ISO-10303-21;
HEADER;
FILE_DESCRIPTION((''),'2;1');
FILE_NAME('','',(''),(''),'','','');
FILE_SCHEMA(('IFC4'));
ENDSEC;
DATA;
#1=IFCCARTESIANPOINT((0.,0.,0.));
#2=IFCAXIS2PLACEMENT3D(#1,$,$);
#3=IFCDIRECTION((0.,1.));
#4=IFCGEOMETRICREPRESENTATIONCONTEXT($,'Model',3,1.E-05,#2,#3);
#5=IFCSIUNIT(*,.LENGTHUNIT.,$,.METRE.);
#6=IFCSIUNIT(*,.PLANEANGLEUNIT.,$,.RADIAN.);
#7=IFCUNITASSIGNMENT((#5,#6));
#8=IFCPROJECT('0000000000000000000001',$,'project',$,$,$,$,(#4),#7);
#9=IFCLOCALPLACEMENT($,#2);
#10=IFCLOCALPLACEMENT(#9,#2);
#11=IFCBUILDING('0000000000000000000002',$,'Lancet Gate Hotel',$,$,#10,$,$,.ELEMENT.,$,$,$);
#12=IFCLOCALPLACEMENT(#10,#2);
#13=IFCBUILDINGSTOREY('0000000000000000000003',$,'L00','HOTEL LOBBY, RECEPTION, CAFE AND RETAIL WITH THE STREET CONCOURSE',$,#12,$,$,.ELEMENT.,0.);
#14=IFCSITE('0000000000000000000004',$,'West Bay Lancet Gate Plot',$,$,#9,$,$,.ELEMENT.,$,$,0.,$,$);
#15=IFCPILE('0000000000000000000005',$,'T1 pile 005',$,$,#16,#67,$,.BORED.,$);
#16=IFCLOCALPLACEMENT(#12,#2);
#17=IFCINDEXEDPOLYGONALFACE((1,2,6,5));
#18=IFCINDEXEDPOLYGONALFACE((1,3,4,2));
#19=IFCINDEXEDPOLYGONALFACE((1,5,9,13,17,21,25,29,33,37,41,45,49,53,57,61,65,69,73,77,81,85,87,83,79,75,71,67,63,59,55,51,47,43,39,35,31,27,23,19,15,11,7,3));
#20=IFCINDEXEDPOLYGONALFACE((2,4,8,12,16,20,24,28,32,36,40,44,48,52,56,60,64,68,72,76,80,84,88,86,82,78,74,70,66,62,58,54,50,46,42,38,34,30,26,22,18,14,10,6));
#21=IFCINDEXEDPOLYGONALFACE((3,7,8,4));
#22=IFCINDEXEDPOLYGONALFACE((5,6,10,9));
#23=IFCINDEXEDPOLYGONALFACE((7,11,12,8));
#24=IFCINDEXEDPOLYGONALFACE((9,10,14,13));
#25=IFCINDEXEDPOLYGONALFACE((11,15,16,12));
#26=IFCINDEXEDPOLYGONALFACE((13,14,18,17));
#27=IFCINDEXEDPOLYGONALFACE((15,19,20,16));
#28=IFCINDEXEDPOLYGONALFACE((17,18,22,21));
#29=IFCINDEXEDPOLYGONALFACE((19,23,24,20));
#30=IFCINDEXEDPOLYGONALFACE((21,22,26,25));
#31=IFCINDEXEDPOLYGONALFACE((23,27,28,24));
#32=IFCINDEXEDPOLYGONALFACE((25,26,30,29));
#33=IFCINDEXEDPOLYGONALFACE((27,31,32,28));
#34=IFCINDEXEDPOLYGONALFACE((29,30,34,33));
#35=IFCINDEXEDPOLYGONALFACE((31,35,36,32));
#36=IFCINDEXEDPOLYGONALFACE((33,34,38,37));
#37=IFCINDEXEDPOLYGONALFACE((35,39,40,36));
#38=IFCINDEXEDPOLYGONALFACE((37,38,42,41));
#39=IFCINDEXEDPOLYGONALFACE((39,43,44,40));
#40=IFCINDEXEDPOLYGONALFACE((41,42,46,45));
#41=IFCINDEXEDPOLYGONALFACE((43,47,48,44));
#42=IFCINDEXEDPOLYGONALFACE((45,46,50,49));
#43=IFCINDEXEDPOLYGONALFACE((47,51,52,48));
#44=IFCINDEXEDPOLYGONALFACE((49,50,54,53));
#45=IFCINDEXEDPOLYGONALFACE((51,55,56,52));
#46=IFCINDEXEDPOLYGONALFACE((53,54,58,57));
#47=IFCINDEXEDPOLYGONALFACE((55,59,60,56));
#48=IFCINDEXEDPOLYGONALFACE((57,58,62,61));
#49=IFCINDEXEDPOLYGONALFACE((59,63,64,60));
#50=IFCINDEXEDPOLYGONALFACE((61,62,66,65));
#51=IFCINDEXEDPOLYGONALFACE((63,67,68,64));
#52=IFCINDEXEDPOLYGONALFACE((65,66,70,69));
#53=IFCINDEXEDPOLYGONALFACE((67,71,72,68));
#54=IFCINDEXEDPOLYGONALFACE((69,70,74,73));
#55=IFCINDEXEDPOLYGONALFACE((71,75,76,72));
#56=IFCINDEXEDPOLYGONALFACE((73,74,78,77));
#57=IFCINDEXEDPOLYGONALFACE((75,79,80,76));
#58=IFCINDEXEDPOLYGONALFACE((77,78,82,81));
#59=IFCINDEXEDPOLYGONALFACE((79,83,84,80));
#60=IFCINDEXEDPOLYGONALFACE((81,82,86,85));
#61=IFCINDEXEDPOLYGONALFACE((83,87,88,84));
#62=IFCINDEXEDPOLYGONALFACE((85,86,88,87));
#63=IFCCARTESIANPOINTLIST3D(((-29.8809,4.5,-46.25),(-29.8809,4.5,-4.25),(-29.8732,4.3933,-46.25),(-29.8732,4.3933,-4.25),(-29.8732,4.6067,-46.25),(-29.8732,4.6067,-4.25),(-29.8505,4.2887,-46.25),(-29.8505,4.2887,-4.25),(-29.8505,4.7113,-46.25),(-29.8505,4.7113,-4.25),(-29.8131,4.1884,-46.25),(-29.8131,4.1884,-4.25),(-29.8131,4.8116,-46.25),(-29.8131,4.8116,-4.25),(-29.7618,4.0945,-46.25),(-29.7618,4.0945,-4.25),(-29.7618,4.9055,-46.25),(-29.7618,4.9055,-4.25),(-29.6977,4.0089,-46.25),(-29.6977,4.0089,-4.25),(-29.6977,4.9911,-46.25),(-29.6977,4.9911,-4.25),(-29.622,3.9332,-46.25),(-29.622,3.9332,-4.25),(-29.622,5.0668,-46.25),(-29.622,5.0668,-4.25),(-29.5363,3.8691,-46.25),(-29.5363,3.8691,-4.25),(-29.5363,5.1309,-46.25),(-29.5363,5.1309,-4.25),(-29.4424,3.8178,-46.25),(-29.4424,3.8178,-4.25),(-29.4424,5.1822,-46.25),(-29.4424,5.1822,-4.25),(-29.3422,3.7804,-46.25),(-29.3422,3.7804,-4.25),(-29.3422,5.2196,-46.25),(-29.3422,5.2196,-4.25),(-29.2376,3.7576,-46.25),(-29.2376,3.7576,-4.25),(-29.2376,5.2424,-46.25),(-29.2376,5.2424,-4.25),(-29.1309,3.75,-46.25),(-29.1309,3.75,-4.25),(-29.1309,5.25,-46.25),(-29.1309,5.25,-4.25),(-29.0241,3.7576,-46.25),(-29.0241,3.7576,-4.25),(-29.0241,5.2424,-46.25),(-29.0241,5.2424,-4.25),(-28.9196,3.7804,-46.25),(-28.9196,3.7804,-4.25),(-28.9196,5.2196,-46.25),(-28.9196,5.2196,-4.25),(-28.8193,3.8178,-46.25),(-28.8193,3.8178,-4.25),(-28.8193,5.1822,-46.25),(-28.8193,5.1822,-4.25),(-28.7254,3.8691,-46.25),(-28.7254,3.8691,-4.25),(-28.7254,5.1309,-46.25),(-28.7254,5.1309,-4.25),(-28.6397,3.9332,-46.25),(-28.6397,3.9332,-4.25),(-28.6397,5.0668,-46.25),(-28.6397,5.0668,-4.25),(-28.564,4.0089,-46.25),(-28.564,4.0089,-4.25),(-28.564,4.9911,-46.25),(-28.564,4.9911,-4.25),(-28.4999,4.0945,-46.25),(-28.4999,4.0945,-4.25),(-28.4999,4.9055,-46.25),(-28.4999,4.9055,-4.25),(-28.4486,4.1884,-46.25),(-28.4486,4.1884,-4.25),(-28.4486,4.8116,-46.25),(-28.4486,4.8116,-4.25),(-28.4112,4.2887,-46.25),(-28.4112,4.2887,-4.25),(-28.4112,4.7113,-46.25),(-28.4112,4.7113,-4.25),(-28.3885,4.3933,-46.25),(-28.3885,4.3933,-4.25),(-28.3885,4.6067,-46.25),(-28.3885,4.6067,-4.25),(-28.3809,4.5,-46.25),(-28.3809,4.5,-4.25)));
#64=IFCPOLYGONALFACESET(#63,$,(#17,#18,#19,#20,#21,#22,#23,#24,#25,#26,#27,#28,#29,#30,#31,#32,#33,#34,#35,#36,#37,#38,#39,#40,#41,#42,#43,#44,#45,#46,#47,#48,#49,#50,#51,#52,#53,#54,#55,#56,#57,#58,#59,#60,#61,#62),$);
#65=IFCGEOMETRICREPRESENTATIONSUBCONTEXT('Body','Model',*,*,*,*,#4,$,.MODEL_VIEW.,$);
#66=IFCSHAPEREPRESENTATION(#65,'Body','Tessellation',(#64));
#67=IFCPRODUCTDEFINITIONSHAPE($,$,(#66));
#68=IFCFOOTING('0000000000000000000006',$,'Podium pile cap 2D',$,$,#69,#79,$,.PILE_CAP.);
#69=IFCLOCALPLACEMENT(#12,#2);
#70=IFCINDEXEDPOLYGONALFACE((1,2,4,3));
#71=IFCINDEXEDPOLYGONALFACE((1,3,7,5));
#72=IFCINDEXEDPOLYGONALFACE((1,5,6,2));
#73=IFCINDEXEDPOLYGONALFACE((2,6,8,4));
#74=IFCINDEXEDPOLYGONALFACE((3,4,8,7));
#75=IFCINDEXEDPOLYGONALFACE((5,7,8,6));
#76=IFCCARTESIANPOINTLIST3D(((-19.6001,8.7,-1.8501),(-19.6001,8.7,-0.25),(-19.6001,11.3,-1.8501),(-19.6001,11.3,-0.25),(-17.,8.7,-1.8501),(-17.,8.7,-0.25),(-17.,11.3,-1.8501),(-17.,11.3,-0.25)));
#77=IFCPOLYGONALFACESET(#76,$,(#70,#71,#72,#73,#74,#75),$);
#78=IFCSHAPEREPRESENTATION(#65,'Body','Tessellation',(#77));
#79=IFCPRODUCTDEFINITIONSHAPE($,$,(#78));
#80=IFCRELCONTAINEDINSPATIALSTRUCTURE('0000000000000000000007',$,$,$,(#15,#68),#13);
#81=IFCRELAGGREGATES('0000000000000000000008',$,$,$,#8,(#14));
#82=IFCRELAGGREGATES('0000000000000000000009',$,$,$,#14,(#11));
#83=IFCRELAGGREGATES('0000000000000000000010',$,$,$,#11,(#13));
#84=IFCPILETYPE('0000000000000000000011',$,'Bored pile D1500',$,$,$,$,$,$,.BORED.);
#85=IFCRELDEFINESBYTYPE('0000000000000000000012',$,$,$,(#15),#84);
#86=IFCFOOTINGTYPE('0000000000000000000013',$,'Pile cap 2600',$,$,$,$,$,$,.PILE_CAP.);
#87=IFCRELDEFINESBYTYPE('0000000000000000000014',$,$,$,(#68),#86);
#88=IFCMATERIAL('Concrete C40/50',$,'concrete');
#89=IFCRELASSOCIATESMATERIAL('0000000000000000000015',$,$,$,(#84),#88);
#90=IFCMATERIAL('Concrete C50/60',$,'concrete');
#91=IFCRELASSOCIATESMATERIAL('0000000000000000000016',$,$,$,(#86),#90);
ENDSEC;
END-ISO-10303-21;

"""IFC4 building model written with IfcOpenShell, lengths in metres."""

from ifc_helpers import new_model, si_unit, direction, frame, origin, origin_2d, place, context, subcontext, project, spatial, rectangle, circle, extrude, material, material_profile, profile_set, type_object, element, save


model = new_model("IFC4")

# Units and contexts
model_context = context("Model", 3, precision=1e-05, world=origin(), true_north=direction((0.0, 1.0)))
body_context = subcontext(model_context, "Body", "Model", "MODEL_VIEW")
ifc_project = project(units=[si_unit("LENGTHUNIT", "METRE"), si_unit("PLANEANGLEUNIT", "RADIAN")], contexts=[model_context])

# Site, building, storey
site_placement = place(None, origin())
site = spatial("IfcSite", under=ifc_project, at=site_placement, Name="West Bay Lancet Gate Plot", CompositionType="ELEMENT", RefElevation=0.0)
building_placement = place(site_placement, origin())
building = spatial("IfcBuilding", under=site, at=building_placement, Name="Lancet Gate Hotel", CompositionType="ELEMENT")
storey_placement = place(building_placement, origin())
storey = spatial("IfcBuildingStorey", under=building, at=storey_placement, Name="L00", Description="HOTEL LOBBY, RECEPTION, CAFE AND RETAIL WITH THE STREET CONCOURSE", CompositionType="ELEMENT", Elevation=0.0)

# Pile
ifc_material_1 = material(Name="Concrete C40/50", Category="concrete")
ifc_material_profile_1 = material_profile(ifc_material_1, circle(Radius=0.75, at=origin_2d()), Name="PILE D1500")
ifc_profile_set_1 = profile_set([ifc_material_profile_1], Name="Concrete C40/50")
pile_type_1 = type_object("IfcPileType", Name="Bored pile D1500", PredefinedType="BORED", material=ifc_profile_set_1)
for number, where, z_axis, x_axis, name in (
    (1, (-29.1309, 4.5, -4.25), (0.0, 0.0, -1.0), (1.0, 0.0, 0.0), "T1 pile 005"),
):
    element("IfcPile", number, at=place(storey_placement, frame(where, z_axis=z_axis, x_axis=x_axis)), inside=storey, type_object=pile_type_1, Name=name, PredefinedType="BORED", context=body_context, shape_type="SweptSolid", body=[
        extrude(circle(Radius=0.75, at=origin_2d()), origin(), (0.0, 0.0, 1.0), 42.0),
    ])

# Footing
ifc_material_2 = material(Name="Concrete C50/60", Category="concrete")
footing_type = type_object("IfcFootingType", Name="Pile cap 2600", PredefinedType="PILE_CAP", material=ifc_material_2)
footing_placement = place(storey_placement, frame((-18.3, 10.0, -1.8501), z_axis=(0.0, 0.0, 1.0), x_axis=(1.0, 0.0, 0.0)))
element("IfcFooting", 2, at=footing_placement, inside=storey, type_object=footing_type, Name="Podium pile cap 2D", PredefinedType="PILE_CAP", context=body_context, shape_type="SweptSolid", body=[
    extrude(rectangle(XDim=2.6001, YDim=2.6001, at=origin_2d()), origin(), (0.0, 0.0, 1.0), 1.6001),
])

save(model, "model.ifc")
